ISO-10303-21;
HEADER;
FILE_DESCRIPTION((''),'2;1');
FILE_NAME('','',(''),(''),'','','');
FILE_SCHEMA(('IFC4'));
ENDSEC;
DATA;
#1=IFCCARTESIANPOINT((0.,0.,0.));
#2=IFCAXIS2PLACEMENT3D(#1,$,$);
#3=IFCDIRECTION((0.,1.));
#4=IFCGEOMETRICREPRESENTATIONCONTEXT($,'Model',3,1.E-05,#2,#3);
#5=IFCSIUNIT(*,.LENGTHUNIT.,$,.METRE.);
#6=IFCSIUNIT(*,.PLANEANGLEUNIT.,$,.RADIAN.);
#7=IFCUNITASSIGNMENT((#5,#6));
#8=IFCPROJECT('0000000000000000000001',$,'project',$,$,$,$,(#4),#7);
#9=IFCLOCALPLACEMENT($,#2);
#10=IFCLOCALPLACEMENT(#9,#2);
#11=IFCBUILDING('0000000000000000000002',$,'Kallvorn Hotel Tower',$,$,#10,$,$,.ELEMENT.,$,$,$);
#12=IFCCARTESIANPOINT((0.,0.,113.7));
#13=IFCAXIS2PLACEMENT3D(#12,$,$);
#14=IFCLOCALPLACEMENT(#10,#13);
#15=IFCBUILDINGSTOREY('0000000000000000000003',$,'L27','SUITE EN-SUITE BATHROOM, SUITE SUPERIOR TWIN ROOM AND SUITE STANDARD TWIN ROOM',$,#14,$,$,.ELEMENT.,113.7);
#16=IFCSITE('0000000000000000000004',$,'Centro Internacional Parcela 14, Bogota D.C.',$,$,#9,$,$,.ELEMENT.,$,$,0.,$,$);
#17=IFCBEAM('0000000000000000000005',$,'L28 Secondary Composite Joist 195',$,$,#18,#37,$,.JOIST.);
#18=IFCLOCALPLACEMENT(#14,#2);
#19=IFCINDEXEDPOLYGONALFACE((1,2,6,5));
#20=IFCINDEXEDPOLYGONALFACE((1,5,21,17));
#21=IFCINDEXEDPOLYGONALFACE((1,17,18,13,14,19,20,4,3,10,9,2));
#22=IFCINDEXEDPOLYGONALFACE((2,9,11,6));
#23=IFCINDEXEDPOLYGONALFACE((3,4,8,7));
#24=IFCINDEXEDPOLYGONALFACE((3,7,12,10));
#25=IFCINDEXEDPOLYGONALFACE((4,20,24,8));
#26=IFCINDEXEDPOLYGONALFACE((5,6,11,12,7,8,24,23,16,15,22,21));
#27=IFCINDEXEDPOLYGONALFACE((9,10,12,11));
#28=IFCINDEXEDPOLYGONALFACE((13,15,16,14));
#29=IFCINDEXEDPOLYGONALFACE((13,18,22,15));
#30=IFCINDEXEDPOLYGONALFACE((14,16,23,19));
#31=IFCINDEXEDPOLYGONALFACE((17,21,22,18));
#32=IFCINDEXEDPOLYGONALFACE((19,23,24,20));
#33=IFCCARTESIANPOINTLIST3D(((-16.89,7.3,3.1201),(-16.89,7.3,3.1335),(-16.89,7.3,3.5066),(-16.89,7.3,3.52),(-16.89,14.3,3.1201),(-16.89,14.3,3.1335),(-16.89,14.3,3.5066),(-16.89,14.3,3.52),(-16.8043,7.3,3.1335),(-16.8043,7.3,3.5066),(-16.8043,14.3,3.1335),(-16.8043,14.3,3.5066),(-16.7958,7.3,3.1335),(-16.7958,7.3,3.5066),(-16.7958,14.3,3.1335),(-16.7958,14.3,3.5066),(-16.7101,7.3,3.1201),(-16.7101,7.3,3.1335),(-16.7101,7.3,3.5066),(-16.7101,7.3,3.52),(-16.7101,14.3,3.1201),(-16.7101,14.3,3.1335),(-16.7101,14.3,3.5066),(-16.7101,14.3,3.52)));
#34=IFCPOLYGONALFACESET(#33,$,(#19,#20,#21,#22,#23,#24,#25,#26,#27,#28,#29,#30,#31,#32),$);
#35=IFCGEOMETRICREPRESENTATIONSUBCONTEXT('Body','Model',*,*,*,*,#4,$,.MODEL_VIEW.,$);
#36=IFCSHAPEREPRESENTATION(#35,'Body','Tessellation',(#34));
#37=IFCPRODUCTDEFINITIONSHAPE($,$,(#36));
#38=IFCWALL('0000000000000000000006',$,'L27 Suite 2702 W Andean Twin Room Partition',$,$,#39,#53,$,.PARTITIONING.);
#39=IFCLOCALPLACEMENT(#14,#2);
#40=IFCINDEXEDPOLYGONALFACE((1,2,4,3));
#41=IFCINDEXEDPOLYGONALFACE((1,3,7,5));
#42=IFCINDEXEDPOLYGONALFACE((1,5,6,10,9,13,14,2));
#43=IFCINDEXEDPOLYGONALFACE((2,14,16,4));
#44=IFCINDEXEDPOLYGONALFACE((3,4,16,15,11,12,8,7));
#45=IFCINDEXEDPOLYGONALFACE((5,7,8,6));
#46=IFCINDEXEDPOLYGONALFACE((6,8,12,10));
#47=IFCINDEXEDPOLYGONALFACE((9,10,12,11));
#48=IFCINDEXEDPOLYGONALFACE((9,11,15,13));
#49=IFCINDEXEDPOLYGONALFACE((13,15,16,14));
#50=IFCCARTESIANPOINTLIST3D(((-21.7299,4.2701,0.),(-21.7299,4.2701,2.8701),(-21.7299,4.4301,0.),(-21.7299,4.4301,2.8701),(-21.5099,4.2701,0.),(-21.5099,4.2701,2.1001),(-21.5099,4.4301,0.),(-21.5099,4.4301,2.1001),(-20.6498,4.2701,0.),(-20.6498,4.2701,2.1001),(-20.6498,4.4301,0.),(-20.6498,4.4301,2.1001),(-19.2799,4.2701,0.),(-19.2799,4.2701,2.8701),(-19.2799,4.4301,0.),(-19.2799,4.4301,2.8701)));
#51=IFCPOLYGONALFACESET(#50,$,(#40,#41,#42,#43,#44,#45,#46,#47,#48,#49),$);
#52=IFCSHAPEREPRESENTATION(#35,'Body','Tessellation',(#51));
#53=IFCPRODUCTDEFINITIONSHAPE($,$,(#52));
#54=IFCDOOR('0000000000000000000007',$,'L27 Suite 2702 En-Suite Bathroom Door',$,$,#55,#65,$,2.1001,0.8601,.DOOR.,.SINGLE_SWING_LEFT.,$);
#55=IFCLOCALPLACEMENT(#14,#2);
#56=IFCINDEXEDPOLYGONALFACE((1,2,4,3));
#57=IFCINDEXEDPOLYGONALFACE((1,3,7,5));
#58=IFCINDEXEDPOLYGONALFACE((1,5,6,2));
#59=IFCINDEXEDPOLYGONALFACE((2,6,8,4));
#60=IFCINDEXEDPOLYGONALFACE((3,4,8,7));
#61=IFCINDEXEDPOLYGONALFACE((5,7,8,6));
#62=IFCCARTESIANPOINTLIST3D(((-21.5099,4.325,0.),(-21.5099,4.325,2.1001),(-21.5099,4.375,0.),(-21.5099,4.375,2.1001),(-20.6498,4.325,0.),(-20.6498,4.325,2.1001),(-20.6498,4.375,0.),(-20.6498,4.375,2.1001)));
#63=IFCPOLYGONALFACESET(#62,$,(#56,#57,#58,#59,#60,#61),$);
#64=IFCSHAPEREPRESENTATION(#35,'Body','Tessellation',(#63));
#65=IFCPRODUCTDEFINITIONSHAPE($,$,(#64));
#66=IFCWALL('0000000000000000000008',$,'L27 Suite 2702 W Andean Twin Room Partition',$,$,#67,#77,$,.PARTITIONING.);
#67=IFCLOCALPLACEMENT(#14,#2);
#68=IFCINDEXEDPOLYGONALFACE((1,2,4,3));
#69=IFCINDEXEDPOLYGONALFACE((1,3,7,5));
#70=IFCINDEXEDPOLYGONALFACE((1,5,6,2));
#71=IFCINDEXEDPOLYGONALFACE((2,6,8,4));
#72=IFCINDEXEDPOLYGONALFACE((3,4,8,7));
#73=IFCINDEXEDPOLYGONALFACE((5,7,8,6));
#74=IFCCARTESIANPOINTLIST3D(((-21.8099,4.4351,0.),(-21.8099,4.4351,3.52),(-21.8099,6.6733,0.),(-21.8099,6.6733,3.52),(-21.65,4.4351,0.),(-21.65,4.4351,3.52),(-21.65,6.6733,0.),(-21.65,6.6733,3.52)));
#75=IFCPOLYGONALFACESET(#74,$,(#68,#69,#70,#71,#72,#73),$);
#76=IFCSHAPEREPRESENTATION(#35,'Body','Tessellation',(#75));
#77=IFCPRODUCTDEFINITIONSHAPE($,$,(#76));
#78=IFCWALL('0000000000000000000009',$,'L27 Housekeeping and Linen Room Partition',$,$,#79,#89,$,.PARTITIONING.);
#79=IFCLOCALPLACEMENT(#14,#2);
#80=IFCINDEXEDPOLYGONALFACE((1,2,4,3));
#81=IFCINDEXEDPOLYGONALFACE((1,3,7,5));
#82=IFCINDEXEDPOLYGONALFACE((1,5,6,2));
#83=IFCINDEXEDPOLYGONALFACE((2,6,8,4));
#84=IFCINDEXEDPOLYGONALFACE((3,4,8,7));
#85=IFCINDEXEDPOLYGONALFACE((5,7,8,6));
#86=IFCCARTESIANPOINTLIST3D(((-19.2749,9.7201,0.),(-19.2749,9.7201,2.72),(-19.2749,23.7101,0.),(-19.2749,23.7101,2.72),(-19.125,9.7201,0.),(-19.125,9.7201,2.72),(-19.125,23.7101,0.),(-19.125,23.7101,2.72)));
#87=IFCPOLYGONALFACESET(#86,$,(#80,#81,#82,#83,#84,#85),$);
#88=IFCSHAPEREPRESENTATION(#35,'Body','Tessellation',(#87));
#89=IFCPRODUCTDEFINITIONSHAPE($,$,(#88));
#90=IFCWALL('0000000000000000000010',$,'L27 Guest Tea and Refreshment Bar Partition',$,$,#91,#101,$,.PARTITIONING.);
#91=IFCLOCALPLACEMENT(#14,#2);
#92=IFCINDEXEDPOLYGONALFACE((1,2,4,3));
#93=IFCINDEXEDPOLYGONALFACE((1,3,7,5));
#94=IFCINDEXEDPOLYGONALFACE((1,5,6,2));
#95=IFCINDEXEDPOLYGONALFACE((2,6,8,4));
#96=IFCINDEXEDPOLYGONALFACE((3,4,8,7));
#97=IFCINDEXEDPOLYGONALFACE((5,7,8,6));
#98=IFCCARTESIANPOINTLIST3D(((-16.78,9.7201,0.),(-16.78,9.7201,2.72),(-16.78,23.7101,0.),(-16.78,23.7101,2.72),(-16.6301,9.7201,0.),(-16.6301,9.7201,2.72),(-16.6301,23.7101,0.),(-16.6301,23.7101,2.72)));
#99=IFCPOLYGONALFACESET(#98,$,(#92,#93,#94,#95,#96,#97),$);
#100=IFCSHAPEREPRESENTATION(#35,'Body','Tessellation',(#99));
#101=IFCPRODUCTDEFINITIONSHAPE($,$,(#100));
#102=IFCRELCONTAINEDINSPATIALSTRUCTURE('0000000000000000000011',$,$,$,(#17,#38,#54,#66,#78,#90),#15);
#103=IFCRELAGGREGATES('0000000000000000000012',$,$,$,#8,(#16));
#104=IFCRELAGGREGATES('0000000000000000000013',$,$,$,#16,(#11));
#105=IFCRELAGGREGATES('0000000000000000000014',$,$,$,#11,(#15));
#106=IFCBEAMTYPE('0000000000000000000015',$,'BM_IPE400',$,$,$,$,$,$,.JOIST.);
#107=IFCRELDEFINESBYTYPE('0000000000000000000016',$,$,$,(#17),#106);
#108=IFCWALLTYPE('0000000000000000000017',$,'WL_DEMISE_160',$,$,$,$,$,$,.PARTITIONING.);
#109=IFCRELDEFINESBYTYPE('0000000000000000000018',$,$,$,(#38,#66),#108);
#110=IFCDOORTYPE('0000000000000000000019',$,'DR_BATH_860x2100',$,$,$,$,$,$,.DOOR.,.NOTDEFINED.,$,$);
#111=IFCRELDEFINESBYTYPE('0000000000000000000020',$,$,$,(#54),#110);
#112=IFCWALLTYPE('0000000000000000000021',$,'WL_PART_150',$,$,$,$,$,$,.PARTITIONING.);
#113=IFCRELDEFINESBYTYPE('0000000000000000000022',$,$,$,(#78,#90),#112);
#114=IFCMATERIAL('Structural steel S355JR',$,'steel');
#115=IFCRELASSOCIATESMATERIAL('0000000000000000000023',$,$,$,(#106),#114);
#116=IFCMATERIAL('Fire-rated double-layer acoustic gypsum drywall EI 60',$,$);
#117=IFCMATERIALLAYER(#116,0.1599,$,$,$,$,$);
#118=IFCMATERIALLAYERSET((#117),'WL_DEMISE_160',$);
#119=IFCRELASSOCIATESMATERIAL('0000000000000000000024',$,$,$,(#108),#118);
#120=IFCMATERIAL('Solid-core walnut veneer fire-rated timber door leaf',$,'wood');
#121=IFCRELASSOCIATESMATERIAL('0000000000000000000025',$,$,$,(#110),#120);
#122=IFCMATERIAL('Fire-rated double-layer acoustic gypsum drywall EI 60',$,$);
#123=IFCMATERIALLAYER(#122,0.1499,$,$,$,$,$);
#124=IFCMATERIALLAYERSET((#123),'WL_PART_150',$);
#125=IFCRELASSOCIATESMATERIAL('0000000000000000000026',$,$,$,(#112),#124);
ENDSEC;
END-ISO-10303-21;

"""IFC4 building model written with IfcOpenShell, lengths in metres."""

from ifc_helpers import new_model, si_unit, direction, frame, frame_2d, origin, origin_2d, place, context, subcontext, project, spatial, rectangle, i_section, extrude, material, layer, layer_set, material_profile, profile_set, type_object, element, fill, save


model = new_model("IFC4")

# Units and contexts
model_context = context("Model", 3, precision=1e-05, world=origin(), true_north=direction((0.0, 1.0)))
body_context = subcontext(model_context, "Body", "Model", "MODEL_VIEW")
ifc_project = project(units=[si_unit("LENGTHUNIT", "METRE"), si_unit("PLANEANGLEUNIT", "RADIAN")], contexts=[model_context])

# Site, building, storey
site_placement = place(None, origin())
site = spatial("IfcSite", under=ifc_project, at=site_placement, Name="Centro Internacional Parcela 14, Bogota D.C.", CompositionType="ELEMENT", RefElevation=0.0)
building_placement = place(site_placement, origin())
building = spatial("IfcBuilding", under=site, at=building_placement, Name="Kallvorn Hotel Tower", CompositionType="ELEMENT")
storey_placement = place(building_placement, frame((0.0, 0.0, 113.7)))
storey = spatial("IfcBuildingStorey", under=building, at=storey_placement, Name="L27", Description="SUITE EN-SUITE BATHROOM, SUITE SUPERIOR TWIN ROOM AND SUITE STANDARD TWIN ROOM", CompositionType="ELEMENT", Elevation=113.7)

# Beam
ifc_material_1 = material(Name="Structural steel S355JR", Category="steel")
ifc_material_profile_1 = material_profile(ifc_material_1, i_section(OverallWidth=0.1799, OverallDepth=0.3999, WebThickness=0.0085, FlangeThickness=0.0134, at=origin_2d()), Name="IPE 400")
ifc_profile_set_1 = profile_set([ifc_material_profile_1], Name="Structural steel S355JR")
beam_type_1 = type_object("IfcBeamType", Name="BM_IPE400", PredefinedType="JOIST", material=ifc_profile_set_1)
for number, where, z_axis, x_axis, name in (
    (1, (-16.8, 7.3, 3.3201), (0.0, 1.0, 0.0), (-1.0, 0.0, 0.0), "L28 Secondary Composite Joist 195"),
):
    element("IfcBeam", number, at=place(storey_placement, frame(where, z_axis=z_axis, x_axis=x_axis)), inside=storey, type_object=beam_type_1, Name=name, PredefinedType="JOIST", context=body_context, shape_type="SweptSolid", body=[
        extrude(i_section(OverallWidth=0.1799, OverallDepth=0.3999, WebThickness=0.0085, FlangeThickness=0.0134, at=origin_2d()), origin(), (0.0, 0.0, 1.0), 7.0),
    ])

# Wall, opening, door
ifc_material_2 = material(Name="Fire-rated double-layer acoustic gypsum drywall EI 60")
ifc_layer_1 = layer(ifc_material_2, 0.1599)
ifc_layer_set_1 = layer_set([ifc_layer_1], Name="WL_DEMISE_160")
wall_type_1 = type_object("IfcWallType", Name="WL_DEMISE_160", PredefinedType="PARTITIONING", material=ifc_layer_set_1)
wall_1_placement = place(storey_placement, frame((-21.73, 4.3501, 0.0), z_axis=(0.0, 0.0, 1.0), x_axis=(1.0, 0.0, 0.0)))
wall_1 = element("IfcWall", 2, at=wall_1_placement, inside=storey, type_object=wall_type_1, Name="L27 Suite 2702 W Andean Twin Room Partition", PredefinedType="PARTITIONING", context=body_context, shape_type="SweptSolid", body=[
    extrude(rectangle(XDim=2.45, YDim=0.1599, at=frame_2d((1.2251, 0.0))), origin(), (0.0, 0.0, 1.0), 2.8701),
])
opening_placement = place(wall_1_placement, frame((0.22, 0.0, 0.0)))
opening = element("IfcOpeningElement", 3, at=opening_placement, cuts=wall_1, PredefinedType="OPENING", context=body_context, shape_type="SweptSolid", body=[
    extrude(rectangle(XDim=0.8601, YDim=2.1001, at=frame_2d((0.4302, 1.05))), frame((0.0, 0.095, 0.0), z_axis=(0.0, -1.0, 0.0), x_axis=(1.0, 0.0, 0.0)), (0.0, 0.0, 1.0), 0.1899),
])
ifc_material_3 = material(Name="Solid-core walnut veneer fire-rated timber door leaf", Category="wood")
door_type = type_object("IfcDoorType", Name="DR_BATH_860x2100", OperationType="NOTDEFINED", PredefinedType="DOOR", material=ifc_material_3)
door_placement = place(opening_placement, origin())
door = element("IfcDoor", 4, at=door_placement, inside=storey, type_object=door_type, Name="L27 Suite 2702 En-Suite Bathroom Door", OperationType="SINGLE_SWING_LEFT", OverallHeight=2.1001, OverallWidth=0.8601, PredefinedType="DOOR", context=body_context, shape_type="SweptSolid", body=[
    extrude(rectangle(XDim=0.8601, YDim=2.1001, at=frame_2d((0.4302, 1.05))), frame((0.0, 0.0249, 0.0), z_axis=(0.0, -1.0, 0.0), x_axis=(1.0, 0.0, 0.0)), (0.0, 0.0, 1.0), 0.05),
])
fill(opening, door)

# Walls
wall_2_placement = place(storey_placement, frame((-21.73, 4.4351, 0.0), z_axis=(0.0, 0.0, 1.0), x_axis=(0.0, 1.0, 0.0)))
element("IfcWall", 5, at=wall_2_placement, inside=storey, type_object=wall_type_1, Name="L27 Suite 2702 W Andean Twin Room Partition", PredefinedType="PARTITIONING", context=body_context, shape_type="SweptSolid", body=[
    extrude(rectangle(XDim=2.2383, YDim=0.1599, at=frame_2d((1.1191, 0.0))), origin(), (0.0, 0.0, 1.0), 3.52),
])
ifc_material_4 = material(Name="Fire-rated double-layer acoustic gypsum drywall EI 60")
ifc_layer_2 = layer(ifc_material_4, 0.1499)
ifc_layer_set_2 = layer_set([ifc_layer_2], Name="WL_PART_150")
wall_type_2 = type_object("IfcWallType", Name="WL_PART_150", PredefinedType="PARTITIONING", material=ifc_layer_set_2)
for number, where, z_axis, x_axis, name in (
    (6, (-19.2, 9.72, 0.0), (0.0, 0.0, 1.0), (0.0, 1.0, 0.0), "L27 Housekeeping and Linen Room Partition"),
    (7, (-16.7051, 9.72, 0.0), (0.0, 0.0, 1.0), (0.0, 1.0, 0.0), "L27 Guest Tea and Refreshment Bar Partition"),
):
    element("IfcWall", number, at=place(storey_placement, frame(where, z_axis=z_axis, x_axis=x_axis)), inside=storey, type_object=wall_type_2, Name=name, PredefinedType="PARTITIONING", context=body_context, shape_type="SweptSolid", body=[
        extrude(rectangle(XDim=13.99, YDim=0.1499, at=frame_2d((6.9951, 0.0))), origin(), (0.0, 0.0, 1.0), 2.72),
    ])

save(model, "model.ifc")
